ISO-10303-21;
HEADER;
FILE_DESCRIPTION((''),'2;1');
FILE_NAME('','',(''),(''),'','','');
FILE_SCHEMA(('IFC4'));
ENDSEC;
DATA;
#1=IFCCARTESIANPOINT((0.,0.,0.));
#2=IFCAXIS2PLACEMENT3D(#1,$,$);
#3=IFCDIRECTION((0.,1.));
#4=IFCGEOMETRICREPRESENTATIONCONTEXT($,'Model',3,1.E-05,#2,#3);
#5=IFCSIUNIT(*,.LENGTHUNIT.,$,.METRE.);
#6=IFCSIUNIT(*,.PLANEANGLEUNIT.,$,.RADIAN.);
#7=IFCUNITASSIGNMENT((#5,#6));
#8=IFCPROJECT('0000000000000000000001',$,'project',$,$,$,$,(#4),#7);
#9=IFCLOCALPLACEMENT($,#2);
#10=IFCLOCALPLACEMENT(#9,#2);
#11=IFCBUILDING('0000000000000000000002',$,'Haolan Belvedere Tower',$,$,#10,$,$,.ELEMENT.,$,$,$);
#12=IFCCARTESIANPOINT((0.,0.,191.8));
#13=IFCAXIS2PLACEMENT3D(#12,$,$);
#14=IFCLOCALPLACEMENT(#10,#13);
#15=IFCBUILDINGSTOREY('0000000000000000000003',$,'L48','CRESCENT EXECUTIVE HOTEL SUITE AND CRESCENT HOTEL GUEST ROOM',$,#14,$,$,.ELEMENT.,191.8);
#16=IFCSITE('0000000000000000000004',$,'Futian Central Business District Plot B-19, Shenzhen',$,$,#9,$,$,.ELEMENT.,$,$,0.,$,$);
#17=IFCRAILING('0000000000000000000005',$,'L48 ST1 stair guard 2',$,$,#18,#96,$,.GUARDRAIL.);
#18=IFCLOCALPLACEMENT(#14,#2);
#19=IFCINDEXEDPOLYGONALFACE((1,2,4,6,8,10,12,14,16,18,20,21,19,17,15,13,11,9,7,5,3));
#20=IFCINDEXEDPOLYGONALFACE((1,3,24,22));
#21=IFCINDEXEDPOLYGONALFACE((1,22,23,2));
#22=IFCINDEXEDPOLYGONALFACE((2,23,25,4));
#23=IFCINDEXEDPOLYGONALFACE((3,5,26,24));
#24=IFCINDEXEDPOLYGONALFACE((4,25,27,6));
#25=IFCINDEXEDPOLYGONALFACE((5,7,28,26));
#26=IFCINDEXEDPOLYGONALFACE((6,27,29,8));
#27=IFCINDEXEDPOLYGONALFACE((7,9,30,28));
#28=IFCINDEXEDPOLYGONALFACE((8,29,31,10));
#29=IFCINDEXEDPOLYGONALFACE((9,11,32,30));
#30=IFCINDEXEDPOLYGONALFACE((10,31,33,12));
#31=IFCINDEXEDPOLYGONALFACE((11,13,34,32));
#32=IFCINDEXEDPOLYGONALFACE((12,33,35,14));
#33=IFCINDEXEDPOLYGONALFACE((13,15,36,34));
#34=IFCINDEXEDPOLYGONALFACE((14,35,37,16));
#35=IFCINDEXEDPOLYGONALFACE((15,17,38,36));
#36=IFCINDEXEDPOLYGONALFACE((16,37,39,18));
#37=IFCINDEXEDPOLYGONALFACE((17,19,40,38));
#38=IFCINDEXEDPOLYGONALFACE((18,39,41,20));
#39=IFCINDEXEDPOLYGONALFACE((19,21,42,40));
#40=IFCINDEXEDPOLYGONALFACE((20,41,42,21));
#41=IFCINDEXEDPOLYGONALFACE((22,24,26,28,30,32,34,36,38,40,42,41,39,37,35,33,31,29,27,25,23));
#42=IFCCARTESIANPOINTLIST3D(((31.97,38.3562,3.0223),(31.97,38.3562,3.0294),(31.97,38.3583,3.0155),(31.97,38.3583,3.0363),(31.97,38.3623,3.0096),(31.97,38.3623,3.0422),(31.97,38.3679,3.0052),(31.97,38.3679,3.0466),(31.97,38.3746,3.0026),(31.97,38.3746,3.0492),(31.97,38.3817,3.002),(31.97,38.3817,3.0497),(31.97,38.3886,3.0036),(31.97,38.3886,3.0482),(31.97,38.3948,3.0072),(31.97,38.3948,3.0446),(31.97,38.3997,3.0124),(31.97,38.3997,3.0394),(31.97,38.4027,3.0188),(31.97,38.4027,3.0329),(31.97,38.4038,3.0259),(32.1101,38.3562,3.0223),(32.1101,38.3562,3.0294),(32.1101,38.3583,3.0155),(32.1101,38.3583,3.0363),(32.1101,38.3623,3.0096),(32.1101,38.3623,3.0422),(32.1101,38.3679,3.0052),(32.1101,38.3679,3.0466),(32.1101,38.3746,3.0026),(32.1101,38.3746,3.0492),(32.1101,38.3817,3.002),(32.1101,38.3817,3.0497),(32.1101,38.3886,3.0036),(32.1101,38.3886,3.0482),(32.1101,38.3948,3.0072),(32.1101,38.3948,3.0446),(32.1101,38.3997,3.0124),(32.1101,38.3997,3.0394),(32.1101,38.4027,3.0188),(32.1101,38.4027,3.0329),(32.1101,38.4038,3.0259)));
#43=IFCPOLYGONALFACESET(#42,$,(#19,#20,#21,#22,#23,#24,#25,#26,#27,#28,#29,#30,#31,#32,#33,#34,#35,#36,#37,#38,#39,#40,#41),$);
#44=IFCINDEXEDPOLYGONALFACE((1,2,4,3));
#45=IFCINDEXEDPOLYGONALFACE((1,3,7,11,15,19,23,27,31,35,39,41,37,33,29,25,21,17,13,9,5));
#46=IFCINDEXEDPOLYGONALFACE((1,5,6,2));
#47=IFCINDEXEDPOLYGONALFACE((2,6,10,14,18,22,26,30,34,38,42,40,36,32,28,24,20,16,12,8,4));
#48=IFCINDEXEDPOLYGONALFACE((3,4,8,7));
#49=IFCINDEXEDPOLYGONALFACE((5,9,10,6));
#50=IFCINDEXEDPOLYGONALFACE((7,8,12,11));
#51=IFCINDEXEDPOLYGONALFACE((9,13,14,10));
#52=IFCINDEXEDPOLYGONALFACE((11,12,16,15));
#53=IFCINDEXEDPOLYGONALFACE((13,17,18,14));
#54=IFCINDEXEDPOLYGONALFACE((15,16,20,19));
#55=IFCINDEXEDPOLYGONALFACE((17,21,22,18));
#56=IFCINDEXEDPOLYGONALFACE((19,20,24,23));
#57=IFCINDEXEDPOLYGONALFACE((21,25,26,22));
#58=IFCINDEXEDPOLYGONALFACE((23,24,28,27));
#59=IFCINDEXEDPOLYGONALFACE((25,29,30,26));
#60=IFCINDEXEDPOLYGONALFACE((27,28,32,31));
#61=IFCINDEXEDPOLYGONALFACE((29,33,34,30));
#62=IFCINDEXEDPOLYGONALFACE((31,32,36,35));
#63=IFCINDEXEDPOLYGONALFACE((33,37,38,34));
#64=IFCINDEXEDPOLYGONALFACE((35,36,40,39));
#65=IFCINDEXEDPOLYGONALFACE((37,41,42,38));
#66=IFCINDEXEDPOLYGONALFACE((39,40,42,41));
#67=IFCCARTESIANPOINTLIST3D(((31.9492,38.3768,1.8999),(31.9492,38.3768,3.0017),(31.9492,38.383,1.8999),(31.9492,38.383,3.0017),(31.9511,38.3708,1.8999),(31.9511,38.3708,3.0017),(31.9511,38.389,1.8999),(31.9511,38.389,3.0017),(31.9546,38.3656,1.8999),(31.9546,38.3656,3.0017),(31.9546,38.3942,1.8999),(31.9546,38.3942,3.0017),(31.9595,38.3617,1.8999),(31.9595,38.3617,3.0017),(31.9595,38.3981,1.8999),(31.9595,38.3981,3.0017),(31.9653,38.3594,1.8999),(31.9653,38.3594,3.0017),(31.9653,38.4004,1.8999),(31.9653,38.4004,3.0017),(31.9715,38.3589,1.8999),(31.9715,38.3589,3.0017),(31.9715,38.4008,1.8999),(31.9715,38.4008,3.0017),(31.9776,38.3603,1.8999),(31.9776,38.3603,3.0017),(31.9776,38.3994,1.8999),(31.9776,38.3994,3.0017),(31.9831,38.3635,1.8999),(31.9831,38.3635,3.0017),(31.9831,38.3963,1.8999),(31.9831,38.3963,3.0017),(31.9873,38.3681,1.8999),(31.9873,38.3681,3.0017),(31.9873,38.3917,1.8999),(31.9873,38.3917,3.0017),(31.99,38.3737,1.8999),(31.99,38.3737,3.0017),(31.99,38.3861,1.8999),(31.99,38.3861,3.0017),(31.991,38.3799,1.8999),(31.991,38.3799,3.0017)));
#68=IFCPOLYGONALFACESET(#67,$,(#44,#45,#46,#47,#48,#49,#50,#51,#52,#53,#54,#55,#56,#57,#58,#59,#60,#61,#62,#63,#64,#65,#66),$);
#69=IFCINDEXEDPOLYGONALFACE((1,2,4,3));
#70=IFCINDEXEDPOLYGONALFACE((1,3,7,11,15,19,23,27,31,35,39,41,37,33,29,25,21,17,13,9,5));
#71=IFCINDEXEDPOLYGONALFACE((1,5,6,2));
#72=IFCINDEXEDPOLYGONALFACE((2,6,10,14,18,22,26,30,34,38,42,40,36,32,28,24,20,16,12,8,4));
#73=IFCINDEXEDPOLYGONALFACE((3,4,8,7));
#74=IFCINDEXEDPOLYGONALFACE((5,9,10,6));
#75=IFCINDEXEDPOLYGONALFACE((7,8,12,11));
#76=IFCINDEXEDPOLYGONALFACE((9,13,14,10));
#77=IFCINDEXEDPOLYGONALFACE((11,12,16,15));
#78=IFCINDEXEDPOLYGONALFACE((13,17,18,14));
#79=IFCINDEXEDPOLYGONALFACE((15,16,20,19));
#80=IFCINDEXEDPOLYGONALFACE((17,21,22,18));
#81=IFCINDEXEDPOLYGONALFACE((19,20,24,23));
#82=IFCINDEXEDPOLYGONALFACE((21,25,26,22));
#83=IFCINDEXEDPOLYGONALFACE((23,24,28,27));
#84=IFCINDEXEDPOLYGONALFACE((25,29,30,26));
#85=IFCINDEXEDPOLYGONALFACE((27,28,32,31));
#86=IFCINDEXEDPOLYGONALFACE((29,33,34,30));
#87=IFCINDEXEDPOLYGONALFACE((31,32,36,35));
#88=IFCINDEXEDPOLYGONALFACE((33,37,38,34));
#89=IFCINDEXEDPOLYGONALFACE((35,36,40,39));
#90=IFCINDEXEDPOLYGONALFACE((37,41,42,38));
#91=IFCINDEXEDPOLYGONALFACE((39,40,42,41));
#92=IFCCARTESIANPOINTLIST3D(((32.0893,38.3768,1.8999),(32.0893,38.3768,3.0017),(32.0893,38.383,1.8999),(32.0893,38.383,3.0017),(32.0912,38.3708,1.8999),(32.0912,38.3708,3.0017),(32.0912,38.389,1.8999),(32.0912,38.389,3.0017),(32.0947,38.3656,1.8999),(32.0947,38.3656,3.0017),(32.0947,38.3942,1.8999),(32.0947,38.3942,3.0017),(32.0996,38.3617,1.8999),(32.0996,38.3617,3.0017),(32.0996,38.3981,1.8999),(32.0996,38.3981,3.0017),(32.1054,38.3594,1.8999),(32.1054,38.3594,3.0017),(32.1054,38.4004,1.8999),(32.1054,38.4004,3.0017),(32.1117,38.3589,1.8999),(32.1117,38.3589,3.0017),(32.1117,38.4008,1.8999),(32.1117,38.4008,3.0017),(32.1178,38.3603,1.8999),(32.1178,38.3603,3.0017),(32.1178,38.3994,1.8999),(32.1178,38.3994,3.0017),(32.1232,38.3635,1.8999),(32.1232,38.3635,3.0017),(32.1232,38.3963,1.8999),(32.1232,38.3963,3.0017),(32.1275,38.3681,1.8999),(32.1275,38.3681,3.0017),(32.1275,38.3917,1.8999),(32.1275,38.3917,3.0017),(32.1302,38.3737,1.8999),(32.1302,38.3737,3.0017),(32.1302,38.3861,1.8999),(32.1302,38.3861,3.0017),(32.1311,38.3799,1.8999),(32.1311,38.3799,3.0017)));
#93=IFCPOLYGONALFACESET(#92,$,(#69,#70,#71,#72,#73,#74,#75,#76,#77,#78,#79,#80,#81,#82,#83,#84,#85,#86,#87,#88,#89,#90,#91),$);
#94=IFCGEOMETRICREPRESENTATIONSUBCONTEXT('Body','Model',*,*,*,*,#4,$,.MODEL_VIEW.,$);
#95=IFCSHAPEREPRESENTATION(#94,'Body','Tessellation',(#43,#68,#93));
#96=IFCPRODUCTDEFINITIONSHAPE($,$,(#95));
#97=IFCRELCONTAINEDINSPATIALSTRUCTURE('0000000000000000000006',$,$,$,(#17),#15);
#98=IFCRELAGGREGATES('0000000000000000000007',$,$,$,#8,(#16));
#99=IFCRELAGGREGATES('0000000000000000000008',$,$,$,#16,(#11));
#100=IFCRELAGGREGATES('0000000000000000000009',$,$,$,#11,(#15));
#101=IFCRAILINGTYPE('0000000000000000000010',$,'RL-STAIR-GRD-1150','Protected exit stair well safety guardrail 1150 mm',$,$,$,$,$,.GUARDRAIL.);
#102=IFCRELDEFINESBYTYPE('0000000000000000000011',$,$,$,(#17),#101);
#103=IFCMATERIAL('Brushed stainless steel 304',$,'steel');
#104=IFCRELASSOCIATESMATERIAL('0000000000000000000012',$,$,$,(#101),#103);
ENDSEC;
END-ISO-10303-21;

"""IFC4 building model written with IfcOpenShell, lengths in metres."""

from ifc_helpers import new_model, si_unit, direction, frame, origin, origin_2d, place, context, subcontext, project, spatial, circle, extrude, material, type_object, element, save


model = new_model("IFC4")

# Units and contexts
model_context = context("Model", 3, precision=1e-05, world=origin(), true_north=direction((0.0, 1.0)))
body_context = subcontext(model_context, "Body", "Model", "MODEL_VIEW")
ifc_project = project(units=[si_unit("LENGTHUNIT", "METRE"), si_unit("PLANEANGLEUNIT", "RADIAN")], contexts=[model_context])

# Site, building, storey
site_placement = place(None, origin())
site = spatial("IfcSite", under=ifc_project, at=site_placement, Name="Futian Central Business District Plot B-19, Shenzhen", CompositionType="ELEMENT", RefElevation=0.0)
building_placement = place(site_placement, origin())
building = spatial("IfcBuilding", under=site, at=building_placement, Name="Haolan Belvedere Tower", CompositionType="ELEMENT")
storey_placement = place(building_placement, frame((0.0, 0.0, 191.8)))
storey = spatial("IfcBuildingStorey", under=building, at=storey_placement, Name="L48", Description="CRESCENT EXECUTIVE HOTEL SUITE AND CRESCENT HOTEL GUEST ROOM", CompositionType="ELEMENT", Elevation=191.8)

# Railing
ifc_material_1 = material(Name="Brushed stainless steel 304", Category="steel")
railing_type_1 = type_object("IfcRailingType", Name="RL-STAIR-GRD-1150", Description="Protected exit stair well safety guardrail 1150 mm", PredefinedType="GUARDRAIL", material=ifc_material_1)
railing_1_placement = place(storey_placement, frame((31.97, 38.3799, 1.8999)))
element("IfcRailing", 1, at=railing_1_placement, inside=storey, type_object=railing_type_1, Name="L48 ST1 stair guard 2", PredefinedType="GUARDRAIL", context=body_context, shape_type="SweptSolid", body=[
    extrude(circle(Radius=0.0239, at=origin_2d()), frame((0.0, 0.0, 1.126), z_axis=(1.0, 0.0, 0.0), x_axis=(0.0, 1.0, 0.0)), (0.0, 0.0, 1.0), 0.1401),
    extrude(circle(Radius=0.021, at=origin_2d()), origin(), (0.0, 0.0, 1.0), 1.1018),
    extrude(circle(Radius=0.021, at=origin_2d()), frame((0.1401, 0.0, 0.0)), (0.0, 0.0, 1.0), 1.1018),
])

save(model, "model.ifc")
